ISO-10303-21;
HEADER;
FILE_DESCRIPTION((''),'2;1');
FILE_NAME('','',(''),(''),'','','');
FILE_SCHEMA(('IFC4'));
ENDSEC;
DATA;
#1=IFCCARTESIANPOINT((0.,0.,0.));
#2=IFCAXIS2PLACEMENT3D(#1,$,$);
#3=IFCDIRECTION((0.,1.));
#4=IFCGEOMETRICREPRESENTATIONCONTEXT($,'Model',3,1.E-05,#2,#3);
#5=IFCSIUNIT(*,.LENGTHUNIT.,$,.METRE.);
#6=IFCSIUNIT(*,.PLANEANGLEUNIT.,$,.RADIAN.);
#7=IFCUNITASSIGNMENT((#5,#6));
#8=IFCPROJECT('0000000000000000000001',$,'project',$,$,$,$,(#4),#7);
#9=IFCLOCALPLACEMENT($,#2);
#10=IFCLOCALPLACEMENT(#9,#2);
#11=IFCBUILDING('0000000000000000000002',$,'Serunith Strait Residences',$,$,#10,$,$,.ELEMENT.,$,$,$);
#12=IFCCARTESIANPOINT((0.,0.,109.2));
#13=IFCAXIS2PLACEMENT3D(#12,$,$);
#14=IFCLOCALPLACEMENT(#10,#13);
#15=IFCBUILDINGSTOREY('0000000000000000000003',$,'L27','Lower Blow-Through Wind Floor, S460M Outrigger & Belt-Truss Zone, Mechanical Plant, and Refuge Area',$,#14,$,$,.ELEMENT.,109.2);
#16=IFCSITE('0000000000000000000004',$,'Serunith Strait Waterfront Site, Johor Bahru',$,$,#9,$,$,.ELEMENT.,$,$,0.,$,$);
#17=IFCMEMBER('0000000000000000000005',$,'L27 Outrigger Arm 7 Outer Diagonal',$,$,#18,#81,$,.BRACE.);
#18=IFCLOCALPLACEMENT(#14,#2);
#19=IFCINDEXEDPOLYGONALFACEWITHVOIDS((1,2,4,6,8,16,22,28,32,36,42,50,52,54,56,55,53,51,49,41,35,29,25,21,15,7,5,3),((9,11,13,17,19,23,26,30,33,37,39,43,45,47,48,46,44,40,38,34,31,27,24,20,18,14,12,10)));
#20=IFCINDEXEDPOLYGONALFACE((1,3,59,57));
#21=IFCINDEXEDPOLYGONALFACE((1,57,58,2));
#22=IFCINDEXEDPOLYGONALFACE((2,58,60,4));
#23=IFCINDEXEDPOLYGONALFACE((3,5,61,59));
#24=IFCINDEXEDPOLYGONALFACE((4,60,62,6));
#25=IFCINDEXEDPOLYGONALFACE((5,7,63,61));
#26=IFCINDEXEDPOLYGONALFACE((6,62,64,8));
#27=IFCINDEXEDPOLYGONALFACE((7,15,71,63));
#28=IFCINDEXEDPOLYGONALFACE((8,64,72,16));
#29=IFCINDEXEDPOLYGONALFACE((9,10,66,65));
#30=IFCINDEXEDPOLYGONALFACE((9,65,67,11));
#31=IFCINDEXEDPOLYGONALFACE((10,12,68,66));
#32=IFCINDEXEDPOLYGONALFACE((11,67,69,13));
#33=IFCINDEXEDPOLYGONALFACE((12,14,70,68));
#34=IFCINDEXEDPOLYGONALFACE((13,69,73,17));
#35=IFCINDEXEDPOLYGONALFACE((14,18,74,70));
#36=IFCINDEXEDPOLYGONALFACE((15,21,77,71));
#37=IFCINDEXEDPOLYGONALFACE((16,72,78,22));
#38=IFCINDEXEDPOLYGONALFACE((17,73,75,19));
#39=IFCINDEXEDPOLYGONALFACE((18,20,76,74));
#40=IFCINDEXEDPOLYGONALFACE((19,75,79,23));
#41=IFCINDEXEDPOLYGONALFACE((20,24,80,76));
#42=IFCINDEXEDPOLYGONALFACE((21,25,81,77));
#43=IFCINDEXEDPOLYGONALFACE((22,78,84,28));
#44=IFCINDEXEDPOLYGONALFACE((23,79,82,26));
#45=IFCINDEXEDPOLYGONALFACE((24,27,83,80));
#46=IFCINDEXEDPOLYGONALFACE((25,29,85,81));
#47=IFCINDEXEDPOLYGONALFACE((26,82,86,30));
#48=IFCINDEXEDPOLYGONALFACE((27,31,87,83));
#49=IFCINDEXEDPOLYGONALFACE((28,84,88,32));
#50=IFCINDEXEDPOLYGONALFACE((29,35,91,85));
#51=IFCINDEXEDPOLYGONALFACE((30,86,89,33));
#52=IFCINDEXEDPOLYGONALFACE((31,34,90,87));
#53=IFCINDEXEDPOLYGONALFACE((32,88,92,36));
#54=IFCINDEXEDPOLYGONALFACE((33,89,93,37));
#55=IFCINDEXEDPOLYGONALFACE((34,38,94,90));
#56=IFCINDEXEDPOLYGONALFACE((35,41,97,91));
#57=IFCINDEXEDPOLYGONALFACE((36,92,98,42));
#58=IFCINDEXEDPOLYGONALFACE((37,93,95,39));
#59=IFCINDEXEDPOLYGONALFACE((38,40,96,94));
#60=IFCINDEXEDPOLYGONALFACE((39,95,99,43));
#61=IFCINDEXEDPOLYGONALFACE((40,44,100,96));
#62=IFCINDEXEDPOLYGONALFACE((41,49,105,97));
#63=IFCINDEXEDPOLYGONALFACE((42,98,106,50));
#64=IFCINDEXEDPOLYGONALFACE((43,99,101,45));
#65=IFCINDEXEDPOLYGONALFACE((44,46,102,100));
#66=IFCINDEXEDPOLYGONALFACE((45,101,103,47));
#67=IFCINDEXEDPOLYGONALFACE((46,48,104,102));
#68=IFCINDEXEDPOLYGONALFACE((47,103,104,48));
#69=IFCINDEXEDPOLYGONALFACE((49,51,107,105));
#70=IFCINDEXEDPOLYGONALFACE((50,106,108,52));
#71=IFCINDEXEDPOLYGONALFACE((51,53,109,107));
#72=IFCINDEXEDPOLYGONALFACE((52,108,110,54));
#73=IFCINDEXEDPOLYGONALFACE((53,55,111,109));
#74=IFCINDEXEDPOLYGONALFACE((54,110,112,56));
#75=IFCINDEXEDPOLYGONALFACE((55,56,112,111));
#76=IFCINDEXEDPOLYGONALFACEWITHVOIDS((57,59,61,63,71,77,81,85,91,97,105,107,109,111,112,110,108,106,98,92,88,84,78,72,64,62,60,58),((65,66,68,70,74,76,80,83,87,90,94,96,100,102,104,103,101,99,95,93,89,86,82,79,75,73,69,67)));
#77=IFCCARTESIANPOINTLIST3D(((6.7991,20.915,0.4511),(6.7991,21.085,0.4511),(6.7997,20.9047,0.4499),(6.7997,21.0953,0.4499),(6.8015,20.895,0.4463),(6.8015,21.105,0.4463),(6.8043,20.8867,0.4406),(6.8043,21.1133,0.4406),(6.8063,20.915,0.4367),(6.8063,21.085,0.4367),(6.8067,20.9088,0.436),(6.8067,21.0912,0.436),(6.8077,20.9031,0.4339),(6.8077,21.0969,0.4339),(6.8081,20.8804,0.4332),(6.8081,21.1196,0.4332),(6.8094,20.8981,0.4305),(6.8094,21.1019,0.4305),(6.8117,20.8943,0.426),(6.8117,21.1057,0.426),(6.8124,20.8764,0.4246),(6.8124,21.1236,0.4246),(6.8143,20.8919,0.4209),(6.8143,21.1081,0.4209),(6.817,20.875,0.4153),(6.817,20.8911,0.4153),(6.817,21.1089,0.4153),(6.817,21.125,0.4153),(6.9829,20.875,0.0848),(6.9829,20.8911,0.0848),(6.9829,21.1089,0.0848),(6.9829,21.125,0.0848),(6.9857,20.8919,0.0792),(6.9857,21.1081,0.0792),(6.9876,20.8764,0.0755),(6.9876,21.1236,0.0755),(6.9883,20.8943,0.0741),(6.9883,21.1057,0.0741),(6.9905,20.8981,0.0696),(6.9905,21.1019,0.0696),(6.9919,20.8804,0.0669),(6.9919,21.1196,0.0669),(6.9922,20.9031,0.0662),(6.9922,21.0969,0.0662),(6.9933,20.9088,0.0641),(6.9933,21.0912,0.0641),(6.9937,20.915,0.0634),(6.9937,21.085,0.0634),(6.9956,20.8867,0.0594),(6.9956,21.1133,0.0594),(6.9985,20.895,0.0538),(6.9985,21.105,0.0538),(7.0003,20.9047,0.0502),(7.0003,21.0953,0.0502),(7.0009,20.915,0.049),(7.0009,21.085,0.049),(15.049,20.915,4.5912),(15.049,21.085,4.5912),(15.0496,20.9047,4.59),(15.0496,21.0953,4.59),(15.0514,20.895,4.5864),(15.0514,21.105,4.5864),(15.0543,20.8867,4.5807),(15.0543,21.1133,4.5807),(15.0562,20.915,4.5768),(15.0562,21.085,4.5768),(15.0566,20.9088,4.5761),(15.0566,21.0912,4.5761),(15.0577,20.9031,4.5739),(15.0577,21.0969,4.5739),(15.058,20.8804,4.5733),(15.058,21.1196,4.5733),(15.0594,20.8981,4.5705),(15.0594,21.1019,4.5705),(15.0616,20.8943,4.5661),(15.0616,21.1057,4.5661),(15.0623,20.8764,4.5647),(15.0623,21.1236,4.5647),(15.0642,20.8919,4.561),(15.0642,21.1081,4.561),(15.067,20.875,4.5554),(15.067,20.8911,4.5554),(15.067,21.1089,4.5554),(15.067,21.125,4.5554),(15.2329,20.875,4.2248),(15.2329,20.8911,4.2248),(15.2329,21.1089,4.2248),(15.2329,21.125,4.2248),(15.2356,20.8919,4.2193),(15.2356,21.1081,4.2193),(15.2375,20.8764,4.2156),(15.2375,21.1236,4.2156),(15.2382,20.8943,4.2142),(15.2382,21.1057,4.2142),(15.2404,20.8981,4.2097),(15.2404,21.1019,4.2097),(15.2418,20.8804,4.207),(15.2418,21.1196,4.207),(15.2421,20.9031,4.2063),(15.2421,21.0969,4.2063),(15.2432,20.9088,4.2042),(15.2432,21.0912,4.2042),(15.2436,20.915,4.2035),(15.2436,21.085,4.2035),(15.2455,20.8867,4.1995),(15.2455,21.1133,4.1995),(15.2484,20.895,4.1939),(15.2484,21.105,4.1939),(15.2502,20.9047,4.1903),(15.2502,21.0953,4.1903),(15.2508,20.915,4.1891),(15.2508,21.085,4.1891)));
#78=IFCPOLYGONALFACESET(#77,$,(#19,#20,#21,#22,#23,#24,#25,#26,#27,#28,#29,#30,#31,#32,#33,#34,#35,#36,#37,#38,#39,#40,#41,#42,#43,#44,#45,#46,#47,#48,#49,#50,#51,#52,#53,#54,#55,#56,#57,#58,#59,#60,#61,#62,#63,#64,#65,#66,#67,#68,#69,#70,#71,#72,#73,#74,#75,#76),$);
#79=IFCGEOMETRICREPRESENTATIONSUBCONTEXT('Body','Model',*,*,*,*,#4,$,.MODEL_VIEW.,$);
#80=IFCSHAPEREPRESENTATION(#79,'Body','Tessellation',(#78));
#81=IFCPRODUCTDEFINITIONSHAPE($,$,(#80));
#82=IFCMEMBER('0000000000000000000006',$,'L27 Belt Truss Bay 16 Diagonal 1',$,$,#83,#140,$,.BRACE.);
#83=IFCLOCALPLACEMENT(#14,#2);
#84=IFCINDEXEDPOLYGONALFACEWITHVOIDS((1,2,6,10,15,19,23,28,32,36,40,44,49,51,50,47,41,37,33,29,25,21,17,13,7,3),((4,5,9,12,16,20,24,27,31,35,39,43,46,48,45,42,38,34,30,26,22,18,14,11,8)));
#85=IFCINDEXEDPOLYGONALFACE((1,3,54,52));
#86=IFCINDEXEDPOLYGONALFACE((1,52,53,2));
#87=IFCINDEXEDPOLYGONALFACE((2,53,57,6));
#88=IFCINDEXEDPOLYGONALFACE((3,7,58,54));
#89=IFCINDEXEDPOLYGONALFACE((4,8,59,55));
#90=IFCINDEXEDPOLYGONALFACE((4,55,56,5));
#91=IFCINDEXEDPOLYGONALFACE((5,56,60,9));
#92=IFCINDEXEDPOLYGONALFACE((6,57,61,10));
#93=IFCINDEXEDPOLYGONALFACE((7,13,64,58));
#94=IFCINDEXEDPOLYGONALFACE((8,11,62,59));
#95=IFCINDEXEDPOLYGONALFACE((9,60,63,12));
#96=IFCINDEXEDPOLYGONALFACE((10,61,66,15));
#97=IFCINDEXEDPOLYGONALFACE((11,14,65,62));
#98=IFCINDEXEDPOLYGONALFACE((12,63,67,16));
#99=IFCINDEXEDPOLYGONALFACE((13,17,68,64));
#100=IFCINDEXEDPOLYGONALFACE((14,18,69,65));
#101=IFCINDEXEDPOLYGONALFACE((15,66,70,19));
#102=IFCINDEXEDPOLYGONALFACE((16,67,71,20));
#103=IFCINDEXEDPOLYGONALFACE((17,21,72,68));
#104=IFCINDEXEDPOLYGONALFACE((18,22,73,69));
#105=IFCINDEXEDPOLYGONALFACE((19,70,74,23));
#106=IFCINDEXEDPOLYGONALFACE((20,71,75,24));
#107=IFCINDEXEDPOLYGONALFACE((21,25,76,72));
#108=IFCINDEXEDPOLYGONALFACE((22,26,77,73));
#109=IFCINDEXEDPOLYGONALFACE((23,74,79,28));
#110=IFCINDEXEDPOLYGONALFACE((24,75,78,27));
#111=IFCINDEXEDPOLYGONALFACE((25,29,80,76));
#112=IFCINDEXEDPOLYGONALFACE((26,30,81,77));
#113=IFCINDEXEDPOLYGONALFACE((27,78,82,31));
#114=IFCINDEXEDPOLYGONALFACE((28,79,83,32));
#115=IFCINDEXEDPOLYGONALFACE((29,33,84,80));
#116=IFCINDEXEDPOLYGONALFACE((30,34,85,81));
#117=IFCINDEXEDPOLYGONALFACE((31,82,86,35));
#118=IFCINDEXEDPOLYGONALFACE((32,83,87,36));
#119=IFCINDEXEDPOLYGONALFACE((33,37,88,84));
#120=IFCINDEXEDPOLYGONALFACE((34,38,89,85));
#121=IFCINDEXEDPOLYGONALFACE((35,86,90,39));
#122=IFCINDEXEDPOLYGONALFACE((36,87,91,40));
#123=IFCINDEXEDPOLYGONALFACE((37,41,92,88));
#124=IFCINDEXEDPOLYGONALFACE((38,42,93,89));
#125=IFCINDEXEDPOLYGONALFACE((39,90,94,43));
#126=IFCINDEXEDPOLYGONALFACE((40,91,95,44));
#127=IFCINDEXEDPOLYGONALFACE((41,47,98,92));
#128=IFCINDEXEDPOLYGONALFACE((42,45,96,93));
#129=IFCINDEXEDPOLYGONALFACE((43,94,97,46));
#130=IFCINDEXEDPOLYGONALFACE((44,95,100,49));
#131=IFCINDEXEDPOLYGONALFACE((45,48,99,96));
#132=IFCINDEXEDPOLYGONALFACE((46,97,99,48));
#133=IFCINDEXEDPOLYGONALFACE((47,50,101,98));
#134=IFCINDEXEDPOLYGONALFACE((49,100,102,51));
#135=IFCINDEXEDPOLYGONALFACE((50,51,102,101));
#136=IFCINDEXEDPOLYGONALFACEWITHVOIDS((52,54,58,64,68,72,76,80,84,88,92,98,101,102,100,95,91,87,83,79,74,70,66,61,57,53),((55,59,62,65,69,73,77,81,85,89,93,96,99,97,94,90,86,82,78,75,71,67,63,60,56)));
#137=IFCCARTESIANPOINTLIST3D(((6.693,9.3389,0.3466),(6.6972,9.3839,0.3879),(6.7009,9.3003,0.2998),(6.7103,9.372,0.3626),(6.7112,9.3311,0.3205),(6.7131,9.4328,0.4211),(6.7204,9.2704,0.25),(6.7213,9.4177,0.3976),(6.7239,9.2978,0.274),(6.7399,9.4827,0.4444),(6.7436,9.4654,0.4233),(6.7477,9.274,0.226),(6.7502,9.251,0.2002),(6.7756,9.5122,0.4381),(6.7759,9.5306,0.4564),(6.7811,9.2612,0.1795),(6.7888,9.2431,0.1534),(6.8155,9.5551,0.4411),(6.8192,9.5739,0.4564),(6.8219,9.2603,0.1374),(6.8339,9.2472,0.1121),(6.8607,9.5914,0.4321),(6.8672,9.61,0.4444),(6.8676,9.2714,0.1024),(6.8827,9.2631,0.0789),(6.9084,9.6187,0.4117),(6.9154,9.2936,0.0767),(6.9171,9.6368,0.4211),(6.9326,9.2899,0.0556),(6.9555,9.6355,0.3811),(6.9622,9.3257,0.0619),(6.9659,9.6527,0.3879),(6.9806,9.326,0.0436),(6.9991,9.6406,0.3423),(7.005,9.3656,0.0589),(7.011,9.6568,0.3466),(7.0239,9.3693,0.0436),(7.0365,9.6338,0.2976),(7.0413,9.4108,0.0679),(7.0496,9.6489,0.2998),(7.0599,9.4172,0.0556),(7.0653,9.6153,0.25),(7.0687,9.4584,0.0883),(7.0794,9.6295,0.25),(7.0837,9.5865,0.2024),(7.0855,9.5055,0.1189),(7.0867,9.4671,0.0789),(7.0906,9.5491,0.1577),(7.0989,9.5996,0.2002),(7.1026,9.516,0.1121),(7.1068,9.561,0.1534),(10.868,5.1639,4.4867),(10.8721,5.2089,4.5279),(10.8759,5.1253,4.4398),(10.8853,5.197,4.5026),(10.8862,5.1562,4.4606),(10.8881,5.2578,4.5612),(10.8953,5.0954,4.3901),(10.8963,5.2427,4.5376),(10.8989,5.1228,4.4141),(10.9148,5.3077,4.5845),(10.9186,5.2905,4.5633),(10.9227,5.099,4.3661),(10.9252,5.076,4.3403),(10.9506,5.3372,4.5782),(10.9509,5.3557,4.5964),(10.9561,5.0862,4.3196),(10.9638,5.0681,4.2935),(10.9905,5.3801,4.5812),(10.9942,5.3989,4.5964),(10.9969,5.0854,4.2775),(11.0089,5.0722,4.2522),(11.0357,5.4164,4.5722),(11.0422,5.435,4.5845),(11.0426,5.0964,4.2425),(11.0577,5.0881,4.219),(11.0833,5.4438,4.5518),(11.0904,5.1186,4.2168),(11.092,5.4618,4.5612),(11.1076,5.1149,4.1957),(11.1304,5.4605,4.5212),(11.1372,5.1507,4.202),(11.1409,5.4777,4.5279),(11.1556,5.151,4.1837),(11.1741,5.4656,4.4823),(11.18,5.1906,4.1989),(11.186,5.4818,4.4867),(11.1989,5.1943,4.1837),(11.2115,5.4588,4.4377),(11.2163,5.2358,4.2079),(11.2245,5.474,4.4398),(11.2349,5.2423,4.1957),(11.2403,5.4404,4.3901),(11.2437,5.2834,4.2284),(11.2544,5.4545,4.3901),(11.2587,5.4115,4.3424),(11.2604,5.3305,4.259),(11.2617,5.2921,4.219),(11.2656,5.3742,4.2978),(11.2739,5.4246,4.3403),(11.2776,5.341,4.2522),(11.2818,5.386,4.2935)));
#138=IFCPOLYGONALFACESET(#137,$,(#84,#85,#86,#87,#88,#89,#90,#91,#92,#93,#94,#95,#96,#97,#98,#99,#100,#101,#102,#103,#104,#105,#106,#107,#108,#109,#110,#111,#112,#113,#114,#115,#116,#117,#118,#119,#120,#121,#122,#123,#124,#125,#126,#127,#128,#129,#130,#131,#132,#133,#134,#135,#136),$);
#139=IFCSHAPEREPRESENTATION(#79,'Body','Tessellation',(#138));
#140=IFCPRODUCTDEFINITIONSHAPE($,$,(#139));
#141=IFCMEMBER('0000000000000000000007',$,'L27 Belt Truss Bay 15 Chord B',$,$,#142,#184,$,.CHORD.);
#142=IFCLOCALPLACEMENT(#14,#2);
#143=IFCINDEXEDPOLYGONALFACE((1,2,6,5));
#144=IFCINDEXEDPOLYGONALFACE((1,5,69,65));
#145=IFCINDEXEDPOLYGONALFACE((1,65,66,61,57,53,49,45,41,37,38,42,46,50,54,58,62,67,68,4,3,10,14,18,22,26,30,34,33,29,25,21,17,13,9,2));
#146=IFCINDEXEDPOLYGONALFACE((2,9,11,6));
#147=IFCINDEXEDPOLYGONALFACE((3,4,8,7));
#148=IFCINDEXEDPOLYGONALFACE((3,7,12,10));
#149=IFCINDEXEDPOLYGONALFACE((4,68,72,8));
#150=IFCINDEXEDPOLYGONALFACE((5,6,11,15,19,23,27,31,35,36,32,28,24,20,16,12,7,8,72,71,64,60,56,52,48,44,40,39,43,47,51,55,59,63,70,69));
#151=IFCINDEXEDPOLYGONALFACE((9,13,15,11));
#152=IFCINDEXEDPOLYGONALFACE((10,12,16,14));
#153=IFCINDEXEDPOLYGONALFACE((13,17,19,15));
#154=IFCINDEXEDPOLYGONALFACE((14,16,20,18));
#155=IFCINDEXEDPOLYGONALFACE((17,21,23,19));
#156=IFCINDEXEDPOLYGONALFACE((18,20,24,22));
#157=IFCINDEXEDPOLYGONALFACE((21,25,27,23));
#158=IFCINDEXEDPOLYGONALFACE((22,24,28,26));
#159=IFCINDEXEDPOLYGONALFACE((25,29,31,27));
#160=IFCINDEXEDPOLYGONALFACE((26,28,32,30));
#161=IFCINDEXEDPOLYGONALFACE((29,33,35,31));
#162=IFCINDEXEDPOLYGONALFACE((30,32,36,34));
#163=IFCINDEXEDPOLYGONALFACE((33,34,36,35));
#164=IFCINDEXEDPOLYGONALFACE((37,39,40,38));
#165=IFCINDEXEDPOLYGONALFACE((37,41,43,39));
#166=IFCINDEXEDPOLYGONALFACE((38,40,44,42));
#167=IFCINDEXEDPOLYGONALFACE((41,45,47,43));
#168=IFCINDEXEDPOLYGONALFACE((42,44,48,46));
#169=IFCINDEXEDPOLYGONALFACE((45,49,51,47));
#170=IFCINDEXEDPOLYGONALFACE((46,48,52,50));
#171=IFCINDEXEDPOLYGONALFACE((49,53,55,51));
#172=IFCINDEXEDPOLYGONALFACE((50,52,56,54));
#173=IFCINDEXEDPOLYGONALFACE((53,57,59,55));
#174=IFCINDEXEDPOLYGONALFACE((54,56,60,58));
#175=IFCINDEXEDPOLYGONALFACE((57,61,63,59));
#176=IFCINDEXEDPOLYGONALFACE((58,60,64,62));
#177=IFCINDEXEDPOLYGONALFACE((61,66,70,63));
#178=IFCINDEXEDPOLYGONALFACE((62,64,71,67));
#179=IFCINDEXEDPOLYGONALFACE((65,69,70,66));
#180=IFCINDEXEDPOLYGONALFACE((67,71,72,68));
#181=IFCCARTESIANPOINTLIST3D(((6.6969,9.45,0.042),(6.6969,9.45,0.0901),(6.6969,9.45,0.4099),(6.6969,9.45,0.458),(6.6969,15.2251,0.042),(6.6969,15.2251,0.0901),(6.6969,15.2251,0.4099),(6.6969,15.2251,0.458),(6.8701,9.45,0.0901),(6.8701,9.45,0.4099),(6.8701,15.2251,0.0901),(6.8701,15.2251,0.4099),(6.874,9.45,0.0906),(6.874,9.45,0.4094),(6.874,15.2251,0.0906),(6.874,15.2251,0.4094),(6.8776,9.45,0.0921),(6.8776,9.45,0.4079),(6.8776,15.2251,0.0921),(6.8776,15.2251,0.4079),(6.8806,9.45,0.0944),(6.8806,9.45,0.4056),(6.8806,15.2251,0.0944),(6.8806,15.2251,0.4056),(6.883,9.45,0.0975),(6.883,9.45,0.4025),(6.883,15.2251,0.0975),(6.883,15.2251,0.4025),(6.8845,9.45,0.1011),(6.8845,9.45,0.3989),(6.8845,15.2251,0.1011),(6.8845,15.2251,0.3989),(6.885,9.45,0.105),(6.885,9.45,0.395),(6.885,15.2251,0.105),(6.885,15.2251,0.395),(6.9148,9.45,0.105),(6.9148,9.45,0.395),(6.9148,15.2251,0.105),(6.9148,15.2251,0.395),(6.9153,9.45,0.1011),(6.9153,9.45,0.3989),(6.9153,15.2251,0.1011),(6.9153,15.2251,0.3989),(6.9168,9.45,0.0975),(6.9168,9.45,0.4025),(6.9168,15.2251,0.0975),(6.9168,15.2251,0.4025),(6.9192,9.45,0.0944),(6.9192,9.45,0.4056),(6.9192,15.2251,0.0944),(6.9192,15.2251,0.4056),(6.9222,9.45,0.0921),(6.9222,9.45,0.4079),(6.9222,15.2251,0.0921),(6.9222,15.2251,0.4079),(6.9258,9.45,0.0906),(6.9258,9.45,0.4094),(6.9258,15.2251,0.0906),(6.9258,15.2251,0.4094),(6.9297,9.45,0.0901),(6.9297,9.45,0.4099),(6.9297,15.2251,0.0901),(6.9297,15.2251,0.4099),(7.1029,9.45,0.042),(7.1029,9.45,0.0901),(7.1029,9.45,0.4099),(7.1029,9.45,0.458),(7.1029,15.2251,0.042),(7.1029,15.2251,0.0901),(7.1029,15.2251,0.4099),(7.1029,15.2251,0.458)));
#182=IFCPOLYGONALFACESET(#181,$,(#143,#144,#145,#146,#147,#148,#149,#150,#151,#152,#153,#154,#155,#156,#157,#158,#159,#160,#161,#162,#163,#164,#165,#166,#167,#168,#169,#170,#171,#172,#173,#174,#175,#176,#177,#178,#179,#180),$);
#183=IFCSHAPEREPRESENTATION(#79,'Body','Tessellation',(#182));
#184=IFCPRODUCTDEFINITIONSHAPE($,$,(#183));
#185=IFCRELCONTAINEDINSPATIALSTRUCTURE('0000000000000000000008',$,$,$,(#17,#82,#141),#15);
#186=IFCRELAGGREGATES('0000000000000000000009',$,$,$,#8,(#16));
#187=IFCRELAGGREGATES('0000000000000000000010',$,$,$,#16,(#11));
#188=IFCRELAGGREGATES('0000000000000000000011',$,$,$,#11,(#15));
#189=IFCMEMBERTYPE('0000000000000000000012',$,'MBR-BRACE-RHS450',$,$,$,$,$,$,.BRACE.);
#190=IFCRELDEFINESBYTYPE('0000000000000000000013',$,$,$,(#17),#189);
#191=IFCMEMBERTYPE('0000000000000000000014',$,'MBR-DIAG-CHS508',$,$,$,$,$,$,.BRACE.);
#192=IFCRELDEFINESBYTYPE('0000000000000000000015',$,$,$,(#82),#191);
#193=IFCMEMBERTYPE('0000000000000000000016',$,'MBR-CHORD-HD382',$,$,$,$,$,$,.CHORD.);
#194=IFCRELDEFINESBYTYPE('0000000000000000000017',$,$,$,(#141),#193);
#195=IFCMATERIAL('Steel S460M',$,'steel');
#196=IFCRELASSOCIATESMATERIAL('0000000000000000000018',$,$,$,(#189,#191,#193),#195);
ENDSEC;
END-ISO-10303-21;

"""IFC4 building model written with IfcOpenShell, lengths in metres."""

from ifc_helpers import new_model, si_unit, direction, frame, origin, origin_2d, place, context, subcontext, project, spatial, hollow_rectangle, hollow_circle, i_section, extrude, source, transform, mapped, material, material_profile, profile_set, type_object, element, save


model = new_model("IFC4")

# Units and contexts
model_context = context("Model", 3, precision=1e-05, world=origin(), true_north=direction((0.0, 1.0)))
body_context = subcontext(model_context, "Body", "Model", "MODEL_VIEW")
ifc_project = project(units=[si_unit("LENGTHUNIT", "METRE"), si_unit("PLANEANGLEUNIT", "RADIAN")], contexts=[model_context])

# Site, building, storey
site_placement = place(None, origin())
site = spatial("IfcSite", under=ifc_project, at=site_placement, Name="Serunith Strait Waterfront Site, Johor Bahru", CompositionType="ELEMENT", RefElevation=0.0)
building_placement = place(site_placement, origin())
building = spatial("IfcBuilding", under=site, at=building_placement, Name="Serunith Strait Residences", CompositionType="ELEMENT")
storey_placement = place(building_placement, frame((0.0, 0.0, 109.2)))
storey = spatial("IfcBuildingStorey", under=building, at=storey_placement, Name="L27", Description="Lower Blow-Through Wind Floor, S460M Outrigger & Belt-Truss Zone, Mechanical Plant, and Refuge Area", CompositionType="ELEMENT", Elevation=109.2)

# Members
ifc_material_1 = material(Name="Steel S460M", Category="steel")
ifc_material_profile_1 = material_profile(ifc_material_1, hollow_rectangle(XDim=0.25, YDim=0.45, WallThickness=0.0161, InnerFilletRadius=0.0239, OuterFilletRadius=0.04, at=origin_2d()), Name="RHS 450x250x16")
ifc_profile_set_1 = profile_set([ifc_material_profile_1], Name="Steel S460M")
member_type_1 = type_object("IfcMemberType", Name="MBR-BRACE-RHS450", PredefinedType="BRACE", material=ifc_profile_set_1)
shared_shape_1 = source(origin(), body_context, "Body", "SweptSolid", [
    extrude(hollow_rectangle(XDim=0.25, YDim=0.45, WallThickness=0.0161, InnerFilletRadius=0.0239, OuterFilletRadius=0.04, at=origin_2d()), origin(), (0.0, 0.0, 1.0), 9.2305),
])
member_1_placement = place(storey_placement, frame((15.1499, 21.0, 4.3901), z_axis=(-0.89377, 0.0, -0.448525), x_axis=(0.0, -1.0, 0.0)))
element("IfcMember", 1, at=member_1_placement, inside=storey, type_object=member_type_1, Name="L27 Outrigger Arm 7 Outer Diagonal", PredefinedType="BRACE", context=body_context, shape_type="MappedRepresentation", body=[
    mapped(shared_shape_1, transform((0.0, 0.0, 0.0), scale=1.0)),
])
ifc_material_profile_2 = material_profile(ifc_material_1, hollow_circle(Radius=0.2539, WallThickness=0.02, at=origin_2d()), Name="CHS 508x20")
ifc_profile_set_2 = profile_set([ifc_material_profile_2], Name="Steel S460M")
member_type_2 = type_object("IfcMemberType", Name="MBR-DIAG-CHS508", PredefinedType="BRACE", material=ifc_profile_set_2)
shared_shape_2 = source(origin(), body_context, "Body", "SweptSolid", [
    extrude(hollow_circle(Radius=0.2539, WallThickness=0.02, at=origin_2d()), origin(), (0.0, 0.0, 1.0), 7.2112),
])
member_2_placement = place(storey_placement, frame((6.8999, 9.45, 0.25), z_axis=(0.57896, -0.57896, 0.574118), x_axis=(0.707107, 0.707107, 0.0)))
element("IfcMember", 2, at=member_2_placement, inside=storey, type_object=member_type_2, Name="L27 Belt Truss Bay 16 Diagonal 1", PredefinedType="BRACE", context=body_context, shape_type="MappedRepresentation", body=[
    mapped(shared_shape_2, transform((0.0, 0.0, 0.0), scale=1.0)),
])
ifc_material_profile_3 = material_profile(ifc_material_1, i_section(OverallWidth=0.406, OverallDepth=0.416, WebThickness=0.0298, FlangeThickness=0.0481, FilletRadius=0.0149, at=origin_2d()), Name="HD 400x382")
ifc_profile_set_3 = profile_set([ifc_material_profile_3], Name="Steel S460M")
member_type_3 = type_object("IfcMemberType", Name="MBR-CHORD-HD382", PredefinedType="CHORD", material=ifc_profile_set_3)
shared_shape_3 = source(origin(), body_context, "Body", "SweptSolid", [
    extrude(i_section(OverallWidth=0.406, OverallDepth=0.416, WebThickness=0.0298, FlangeThickness=0.0481, FilletRadius=0.0149, at=origin_2d()), origin(), (0.0, 0.0, 1.0), 5.7751),
])
member_3_placement = place(storey_placement, frame((6.8999, 15.2251, 0.25), z_axis=(0.0, -1.0, 0.0), x_axis=(1.0, 0.0, 0.0)))
element("IfcMember", 3, at=member_3_placement, inside=storey, type_object=member_type_3, Name="L27 Belt Truss Bay 15 Chord B", PredefinedType="CHORD", context=body_context, shape_type="MappedRepresentation", body=[
    mapped(shared_shape_3, transform((0.0, 0.0, 0.0), scale=1.0)),
])

save(model, "model.ifc")
